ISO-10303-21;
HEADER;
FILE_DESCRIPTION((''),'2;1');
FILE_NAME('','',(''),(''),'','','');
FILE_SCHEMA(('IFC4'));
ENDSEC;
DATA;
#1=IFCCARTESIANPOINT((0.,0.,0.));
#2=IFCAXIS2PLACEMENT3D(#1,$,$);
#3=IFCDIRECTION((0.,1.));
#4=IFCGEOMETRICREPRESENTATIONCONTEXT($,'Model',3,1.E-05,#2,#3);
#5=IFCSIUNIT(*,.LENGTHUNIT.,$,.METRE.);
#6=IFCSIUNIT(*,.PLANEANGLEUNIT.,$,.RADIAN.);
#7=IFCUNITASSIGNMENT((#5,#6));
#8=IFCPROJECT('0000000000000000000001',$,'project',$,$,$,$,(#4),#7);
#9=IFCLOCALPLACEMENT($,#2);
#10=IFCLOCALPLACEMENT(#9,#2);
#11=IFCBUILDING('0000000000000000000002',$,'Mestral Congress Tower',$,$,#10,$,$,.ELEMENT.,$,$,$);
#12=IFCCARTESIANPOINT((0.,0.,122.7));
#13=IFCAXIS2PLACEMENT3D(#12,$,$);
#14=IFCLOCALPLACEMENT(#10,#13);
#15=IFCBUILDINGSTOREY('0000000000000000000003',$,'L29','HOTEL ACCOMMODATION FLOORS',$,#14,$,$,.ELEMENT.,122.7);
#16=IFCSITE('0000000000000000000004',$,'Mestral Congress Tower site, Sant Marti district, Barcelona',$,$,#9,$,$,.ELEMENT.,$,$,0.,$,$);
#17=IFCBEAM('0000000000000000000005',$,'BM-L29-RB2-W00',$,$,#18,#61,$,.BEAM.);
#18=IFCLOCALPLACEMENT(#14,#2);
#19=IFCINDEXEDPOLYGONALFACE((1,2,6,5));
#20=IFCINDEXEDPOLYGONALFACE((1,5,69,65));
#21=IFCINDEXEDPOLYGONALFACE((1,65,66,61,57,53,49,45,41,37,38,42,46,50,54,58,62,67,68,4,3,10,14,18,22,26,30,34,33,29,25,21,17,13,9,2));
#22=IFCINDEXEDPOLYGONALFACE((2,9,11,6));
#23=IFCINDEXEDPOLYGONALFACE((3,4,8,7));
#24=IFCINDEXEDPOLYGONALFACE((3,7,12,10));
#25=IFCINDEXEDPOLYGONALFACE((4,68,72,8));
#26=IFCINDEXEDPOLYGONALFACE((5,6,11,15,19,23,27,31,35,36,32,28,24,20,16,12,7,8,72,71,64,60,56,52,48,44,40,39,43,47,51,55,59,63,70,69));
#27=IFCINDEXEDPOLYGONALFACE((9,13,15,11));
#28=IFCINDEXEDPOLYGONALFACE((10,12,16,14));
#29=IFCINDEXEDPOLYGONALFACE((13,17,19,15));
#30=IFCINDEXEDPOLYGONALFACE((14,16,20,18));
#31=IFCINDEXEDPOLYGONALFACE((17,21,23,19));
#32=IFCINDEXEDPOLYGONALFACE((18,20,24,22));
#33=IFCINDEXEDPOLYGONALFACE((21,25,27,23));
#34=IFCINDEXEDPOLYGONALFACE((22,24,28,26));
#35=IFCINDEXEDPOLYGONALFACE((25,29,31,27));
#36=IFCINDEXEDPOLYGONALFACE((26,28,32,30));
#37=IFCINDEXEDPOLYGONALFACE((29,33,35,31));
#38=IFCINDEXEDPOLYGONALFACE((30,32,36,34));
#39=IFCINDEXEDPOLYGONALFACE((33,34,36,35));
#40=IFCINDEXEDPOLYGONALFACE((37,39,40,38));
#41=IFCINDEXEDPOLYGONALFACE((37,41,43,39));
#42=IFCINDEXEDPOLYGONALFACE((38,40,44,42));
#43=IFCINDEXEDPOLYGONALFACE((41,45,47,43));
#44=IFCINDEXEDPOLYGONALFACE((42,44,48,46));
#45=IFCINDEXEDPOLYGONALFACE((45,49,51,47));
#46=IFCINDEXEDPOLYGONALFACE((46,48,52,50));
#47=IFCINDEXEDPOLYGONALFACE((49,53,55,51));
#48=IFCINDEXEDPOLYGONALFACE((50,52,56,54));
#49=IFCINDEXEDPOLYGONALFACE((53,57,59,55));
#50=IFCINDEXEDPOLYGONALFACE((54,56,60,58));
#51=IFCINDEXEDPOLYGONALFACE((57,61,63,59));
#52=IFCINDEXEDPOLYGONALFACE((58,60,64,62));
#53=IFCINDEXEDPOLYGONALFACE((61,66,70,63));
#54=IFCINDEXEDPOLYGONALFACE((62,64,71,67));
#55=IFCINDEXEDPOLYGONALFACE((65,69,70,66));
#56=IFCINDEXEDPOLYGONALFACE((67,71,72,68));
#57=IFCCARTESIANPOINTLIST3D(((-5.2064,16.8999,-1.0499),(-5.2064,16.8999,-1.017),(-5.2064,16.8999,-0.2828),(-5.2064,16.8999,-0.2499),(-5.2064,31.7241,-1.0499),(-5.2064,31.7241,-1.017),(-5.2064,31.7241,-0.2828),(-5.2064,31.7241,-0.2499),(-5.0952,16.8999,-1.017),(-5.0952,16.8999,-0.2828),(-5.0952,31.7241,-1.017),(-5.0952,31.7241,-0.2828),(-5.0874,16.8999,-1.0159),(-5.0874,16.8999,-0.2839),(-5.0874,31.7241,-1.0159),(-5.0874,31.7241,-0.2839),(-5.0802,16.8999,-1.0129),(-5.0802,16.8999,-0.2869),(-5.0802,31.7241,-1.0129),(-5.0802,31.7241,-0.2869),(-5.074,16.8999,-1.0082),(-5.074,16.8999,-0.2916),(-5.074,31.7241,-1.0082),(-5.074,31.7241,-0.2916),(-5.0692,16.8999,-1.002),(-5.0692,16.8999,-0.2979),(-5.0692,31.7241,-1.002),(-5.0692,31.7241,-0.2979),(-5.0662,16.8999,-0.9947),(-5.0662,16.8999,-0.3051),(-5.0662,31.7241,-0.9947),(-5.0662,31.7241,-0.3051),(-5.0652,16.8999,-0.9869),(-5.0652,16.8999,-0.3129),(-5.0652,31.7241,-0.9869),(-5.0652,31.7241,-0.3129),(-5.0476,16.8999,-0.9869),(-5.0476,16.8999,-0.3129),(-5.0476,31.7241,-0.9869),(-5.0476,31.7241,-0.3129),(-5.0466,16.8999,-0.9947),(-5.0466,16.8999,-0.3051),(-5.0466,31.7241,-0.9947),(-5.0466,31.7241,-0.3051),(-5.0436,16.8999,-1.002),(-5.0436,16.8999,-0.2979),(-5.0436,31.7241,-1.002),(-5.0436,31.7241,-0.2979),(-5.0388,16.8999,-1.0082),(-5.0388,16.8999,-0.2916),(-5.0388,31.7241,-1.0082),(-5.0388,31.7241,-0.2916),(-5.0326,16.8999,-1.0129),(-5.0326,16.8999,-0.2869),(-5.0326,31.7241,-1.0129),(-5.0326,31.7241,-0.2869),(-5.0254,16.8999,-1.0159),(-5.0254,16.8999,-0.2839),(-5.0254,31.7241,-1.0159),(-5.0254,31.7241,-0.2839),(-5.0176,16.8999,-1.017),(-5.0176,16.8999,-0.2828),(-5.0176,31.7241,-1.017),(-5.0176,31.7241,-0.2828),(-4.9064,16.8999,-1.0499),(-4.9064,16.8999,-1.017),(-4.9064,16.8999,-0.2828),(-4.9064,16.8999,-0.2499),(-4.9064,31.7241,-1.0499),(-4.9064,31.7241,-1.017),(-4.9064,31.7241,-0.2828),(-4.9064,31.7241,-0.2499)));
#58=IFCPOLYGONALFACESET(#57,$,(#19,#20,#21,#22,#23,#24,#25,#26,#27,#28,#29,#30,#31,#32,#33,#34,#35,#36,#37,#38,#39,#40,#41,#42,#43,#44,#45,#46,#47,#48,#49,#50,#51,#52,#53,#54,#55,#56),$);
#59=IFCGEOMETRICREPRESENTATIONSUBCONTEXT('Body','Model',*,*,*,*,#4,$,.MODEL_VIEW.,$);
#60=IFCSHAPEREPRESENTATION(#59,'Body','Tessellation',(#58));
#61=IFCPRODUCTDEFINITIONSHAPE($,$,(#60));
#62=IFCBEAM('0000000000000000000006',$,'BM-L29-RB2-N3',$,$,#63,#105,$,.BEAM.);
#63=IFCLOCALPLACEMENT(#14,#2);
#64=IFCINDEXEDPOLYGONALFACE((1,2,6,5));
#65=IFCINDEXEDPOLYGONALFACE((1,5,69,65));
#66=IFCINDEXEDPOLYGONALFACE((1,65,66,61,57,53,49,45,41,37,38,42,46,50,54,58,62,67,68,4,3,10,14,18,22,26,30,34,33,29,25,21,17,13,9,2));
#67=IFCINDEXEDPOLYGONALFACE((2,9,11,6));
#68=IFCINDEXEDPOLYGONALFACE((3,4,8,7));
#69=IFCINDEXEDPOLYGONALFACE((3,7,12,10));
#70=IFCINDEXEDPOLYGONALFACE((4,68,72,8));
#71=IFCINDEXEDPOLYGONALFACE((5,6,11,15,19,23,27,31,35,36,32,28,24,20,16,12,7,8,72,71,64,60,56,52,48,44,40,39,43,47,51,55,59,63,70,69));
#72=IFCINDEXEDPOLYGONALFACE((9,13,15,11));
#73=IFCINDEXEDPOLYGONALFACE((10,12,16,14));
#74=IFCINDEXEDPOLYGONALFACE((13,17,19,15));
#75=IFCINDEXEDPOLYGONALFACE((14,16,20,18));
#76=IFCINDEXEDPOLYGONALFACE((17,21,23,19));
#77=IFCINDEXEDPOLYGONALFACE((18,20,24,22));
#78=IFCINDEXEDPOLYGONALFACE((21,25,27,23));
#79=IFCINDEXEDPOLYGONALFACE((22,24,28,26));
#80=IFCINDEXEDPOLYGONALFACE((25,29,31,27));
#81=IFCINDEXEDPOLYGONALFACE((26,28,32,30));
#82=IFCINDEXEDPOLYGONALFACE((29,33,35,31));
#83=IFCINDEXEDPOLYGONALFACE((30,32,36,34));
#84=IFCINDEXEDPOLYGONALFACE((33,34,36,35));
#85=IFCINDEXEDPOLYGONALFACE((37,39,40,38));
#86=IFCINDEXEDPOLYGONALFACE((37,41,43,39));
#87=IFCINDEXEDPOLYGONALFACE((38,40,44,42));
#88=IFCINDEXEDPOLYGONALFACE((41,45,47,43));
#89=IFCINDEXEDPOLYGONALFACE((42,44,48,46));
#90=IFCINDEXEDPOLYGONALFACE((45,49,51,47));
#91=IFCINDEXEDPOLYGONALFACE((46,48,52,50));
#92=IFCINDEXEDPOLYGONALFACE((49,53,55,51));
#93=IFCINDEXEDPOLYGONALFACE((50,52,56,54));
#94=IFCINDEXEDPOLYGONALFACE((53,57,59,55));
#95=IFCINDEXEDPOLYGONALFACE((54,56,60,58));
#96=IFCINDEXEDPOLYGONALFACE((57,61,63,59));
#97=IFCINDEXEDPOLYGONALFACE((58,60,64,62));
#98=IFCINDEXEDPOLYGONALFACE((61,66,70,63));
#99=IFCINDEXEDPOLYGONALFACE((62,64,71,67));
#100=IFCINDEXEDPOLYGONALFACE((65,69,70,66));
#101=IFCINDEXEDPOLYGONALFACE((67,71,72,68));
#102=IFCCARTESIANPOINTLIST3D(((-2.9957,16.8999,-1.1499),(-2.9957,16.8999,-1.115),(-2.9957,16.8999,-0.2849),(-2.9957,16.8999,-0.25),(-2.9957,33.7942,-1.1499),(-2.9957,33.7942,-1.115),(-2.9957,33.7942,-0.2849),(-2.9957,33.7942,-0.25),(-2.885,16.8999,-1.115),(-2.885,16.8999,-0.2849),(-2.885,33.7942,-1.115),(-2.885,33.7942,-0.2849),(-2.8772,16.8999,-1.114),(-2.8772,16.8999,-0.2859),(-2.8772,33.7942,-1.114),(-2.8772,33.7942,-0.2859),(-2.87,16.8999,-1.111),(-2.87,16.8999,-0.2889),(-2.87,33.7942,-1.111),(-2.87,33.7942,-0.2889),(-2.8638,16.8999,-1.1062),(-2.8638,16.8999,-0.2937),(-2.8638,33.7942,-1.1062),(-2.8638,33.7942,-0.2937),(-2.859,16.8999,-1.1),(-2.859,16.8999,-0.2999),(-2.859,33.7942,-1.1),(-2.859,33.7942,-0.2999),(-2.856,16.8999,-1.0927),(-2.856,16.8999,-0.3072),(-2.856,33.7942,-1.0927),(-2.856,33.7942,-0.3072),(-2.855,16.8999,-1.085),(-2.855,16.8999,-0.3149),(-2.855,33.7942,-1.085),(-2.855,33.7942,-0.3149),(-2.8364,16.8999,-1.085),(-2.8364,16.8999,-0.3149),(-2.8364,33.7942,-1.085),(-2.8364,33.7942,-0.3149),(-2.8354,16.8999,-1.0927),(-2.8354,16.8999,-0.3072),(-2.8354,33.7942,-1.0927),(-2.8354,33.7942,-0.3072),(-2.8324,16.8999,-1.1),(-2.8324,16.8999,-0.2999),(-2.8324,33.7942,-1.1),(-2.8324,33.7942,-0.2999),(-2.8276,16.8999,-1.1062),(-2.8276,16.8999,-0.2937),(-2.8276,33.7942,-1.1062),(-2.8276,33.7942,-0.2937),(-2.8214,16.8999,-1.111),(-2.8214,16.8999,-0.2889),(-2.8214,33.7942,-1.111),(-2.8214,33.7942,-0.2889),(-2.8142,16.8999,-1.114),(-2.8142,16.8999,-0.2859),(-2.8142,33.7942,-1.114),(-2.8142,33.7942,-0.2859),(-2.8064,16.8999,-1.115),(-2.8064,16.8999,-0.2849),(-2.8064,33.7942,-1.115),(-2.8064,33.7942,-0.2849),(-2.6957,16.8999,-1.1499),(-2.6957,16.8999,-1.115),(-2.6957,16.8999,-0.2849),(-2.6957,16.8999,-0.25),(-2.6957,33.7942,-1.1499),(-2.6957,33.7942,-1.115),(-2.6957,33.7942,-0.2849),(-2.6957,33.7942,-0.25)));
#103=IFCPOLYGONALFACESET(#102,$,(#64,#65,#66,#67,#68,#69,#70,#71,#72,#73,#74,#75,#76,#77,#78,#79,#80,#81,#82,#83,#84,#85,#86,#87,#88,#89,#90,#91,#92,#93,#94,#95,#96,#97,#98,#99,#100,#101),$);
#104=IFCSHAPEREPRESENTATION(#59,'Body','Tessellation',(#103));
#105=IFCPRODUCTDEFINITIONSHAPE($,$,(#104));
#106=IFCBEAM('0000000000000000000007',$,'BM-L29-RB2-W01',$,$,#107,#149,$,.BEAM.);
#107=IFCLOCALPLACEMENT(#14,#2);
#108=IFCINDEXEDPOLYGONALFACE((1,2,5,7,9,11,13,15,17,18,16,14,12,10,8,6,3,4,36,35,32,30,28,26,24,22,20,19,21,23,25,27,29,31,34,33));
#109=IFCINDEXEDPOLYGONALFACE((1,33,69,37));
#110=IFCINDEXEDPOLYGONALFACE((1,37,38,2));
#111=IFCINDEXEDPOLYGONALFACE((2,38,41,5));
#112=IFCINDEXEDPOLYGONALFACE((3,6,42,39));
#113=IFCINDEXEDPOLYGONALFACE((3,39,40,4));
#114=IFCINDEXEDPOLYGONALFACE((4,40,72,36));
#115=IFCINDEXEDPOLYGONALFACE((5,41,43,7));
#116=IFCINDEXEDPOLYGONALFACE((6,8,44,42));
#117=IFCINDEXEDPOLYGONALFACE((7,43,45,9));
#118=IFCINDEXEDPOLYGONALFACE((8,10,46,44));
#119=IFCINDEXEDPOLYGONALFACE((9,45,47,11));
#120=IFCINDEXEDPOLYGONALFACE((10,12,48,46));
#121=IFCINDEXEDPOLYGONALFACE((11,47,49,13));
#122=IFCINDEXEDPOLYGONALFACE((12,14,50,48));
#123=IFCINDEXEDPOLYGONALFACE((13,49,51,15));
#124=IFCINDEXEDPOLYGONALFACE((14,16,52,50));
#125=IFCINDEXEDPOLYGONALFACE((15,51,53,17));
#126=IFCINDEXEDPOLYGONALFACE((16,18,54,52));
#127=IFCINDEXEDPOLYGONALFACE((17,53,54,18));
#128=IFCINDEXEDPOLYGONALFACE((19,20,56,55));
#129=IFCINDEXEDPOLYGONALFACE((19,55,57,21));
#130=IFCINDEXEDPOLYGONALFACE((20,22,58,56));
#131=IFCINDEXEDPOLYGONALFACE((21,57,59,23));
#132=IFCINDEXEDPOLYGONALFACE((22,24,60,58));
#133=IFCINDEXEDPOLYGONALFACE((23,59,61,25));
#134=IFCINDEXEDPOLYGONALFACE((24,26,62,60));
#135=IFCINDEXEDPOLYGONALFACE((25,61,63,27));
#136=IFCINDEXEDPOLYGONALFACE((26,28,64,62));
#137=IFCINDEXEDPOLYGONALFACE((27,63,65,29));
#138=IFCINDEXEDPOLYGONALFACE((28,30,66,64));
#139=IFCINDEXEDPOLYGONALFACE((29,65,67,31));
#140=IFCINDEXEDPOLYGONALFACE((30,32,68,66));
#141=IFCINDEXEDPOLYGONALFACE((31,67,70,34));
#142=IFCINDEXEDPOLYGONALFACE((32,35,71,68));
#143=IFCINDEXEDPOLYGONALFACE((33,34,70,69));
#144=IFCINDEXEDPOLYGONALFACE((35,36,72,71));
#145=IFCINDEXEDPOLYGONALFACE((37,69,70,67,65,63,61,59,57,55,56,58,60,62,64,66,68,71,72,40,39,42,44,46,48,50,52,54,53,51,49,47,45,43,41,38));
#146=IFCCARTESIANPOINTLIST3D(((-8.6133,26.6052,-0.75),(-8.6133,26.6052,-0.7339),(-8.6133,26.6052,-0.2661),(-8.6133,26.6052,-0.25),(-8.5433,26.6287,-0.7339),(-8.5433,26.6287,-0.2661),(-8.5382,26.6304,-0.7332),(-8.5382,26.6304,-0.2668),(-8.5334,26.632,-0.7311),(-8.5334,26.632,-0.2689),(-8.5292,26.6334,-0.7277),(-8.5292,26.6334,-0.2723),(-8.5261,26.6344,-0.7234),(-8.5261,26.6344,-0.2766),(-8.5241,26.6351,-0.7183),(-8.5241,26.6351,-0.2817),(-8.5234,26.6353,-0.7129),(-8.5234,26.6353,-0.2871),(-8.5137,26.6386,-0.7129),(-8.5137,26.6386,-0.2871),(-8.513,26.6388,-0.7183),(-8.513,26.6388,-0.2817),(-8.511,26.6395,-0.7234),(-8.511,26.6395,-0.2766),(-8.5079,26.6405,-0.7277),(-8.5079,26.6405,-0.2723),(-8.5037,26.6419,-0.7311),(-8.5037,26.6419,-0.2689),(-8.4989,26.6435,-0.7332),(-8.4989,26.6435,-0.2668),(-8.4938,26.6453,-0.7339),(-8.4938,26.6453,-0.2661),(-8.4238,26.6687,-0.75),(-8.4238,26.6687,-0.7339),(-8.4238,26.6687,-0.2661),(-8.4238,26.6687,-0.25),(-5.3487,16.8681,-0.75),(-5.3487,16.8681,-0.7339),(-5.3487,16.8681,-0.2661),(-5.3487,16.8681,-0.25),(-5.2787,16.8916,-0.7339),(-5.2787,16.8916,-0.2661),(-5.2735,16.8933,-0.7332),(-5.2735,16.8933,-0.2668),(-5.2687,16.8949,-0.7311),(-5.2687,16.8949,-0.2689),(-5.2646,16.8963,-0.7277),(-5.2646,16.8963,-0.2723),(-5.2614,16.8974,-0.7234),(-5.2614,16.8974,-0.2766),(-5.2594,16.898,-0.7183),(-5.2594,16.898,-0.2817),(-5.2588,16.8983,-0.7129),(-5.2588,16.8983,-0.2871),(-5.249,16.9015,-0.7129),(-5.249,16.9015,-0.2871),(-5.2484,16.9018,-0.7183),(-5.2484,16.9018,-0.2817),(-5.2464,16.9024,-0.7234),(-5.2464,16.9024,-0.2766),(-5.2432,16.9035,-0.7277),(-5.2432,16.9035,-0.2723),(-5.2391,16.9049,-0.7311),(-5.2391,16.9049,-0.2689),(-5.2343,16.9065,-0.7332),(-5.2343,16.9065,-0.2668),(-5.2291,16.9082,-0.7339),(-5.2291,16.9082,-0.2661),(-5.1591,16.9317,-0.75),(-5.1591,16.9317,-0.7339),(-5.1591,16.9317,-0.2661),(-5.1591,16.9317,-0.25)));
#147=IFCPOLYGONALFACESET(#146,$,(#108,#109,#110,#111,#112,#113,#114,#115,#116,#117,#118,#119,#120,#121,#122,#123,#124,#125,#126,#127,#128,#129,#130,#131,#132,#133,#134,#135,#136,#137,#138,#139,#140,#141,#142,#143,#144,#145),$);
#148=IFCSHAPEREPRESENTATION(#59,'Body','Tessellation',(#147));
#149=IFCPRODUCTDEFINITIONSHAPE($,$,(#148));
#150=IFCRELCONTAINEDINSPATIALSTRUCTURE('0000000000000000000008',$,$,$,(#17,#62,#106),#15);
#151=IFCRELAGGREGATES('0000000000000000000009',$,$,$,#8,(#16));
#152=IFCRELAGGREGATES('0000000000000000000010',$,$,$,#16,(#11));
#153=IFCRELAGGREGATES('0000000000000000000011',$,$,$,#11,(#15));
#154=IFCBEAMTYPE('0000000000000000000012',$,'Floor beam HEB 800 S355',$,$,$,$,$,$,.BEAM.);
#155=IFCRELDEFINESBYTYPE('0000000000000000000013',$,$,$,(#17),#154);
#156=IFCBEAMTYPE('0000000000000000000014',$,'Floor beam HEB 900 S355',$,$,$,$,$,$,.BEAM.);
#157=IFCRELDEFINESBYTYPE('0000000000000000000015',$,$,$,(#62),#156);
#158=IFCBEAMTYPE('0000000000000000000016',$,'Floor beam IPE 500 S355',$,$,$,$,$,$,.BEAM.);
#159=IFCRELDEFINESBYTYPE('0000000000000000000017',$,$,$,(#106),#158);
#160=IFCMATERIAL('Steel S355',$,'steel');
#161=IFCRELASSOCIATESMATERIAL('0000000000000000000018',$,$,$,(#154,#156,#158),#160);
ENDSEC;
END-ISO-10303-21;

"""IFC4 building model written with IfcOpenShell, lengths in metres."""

from ifc_helpers import new_model, si_unit, direction, frame, origin, origin_2d, place, context, subcontext, project, spatial, i_section, extrude, material, material_profile, profile_set, type_object, element, save


model = new_model("IFC4")

# Units and contexts
model_context = context("Model", 3, precision=1e-05, world=origin(), true_north=direction((0.0, 1.0)))
body_context = subcontext(model_context, "Body", "Model", "MODEL_VIEW")
ifc_project = project(units=[si_unit("LENGTHUNIT", "METRE"), si_unit("PLANEANGLEUNIT", "RADIAN")], contexts=[model_context])

# Site, building, storey
site_placement = place(None, origin())
site = spatial("IfcSite", under=ifc_project, at=site_placement, Name="Mestral Congress Tower site, Sant Marti district, Barcelona", CompositionType="ELEMENT", RefElevation=0.0)
building_placement = place(site_placement, origin())
building = spatial("IfcBuilding", under=site, at=building_placement, Name="Mestral Congress Tower", CompositionType="ELEMENT")
storey_placement = place(building_placement, frame((0.0, 0.0, 122.7)))
storey = spatial("IfcBuildingStorey", under=building, at=storey_placement, Name="L29", Description="HOTEL ACCOMMODATION FLOORS", CompositionType="ELEMENT", Elevation=122.7)

# Beams
ifc_material_1 = material(Name="Steel S355", Category="steel")
ifc_material_profile_1 = material_profile(ifc_material_1, i_section(OverallWidth=0.3, OverallDepth=0.8, WebThickness=0.0176, FlangeThickness=0.033, FilletRadius=0.03, at=origin_2d()), Name="HEB 800")
ifc_profile_set_1 = profile_set([ifc_material_profile_1], Name="Steel S355")
beam_type_1 = type_object("IfcBeamType", Name="Floor beam HEB 800 S355", PredefinedType="BEAM", material=ifc_profile_set_1)
beam_1_placement = place(storey_placement, frame((-5.0564, 31.7241, -0.6499), z_axis=(0.0, -1.0, 0.0), x_axis=(1.0, 0.0, 0.0)))
element("IfcBeam", 1, at=beam_1_placement, inside=storey, type_object=beam_type_1, Name="BM-L29-RB2-W00", PredefinedType="BEAM", context=body_context, shape_type="SweptSolid", body=[
    extrude(i_section(OverallWidth=0.3, OverallDepth=0.8, WebThickness=0.0176, FlangeThickness=0.033, FilletRadius=0.03, at=origin_2d()), origin(), (0.0, 0.0, 1.0), 14.8242),
])
ifc_material_profile_2 = material_profile(ifc_material_1, i_section(OverallWidth=0.3, OverallDepth=0.8999, WebThickness=0.0186, FlangeThickness=0.0349, FilletRadius=0.03, at=origin_2d()), Name="HEB 900")
ifc_profile_set_2 = profile_set([ifc_material_profile_2], Name="Steel S355")
beam_type_2 = type_object("IfcBeamType", Name="Floor beam HEB 900 S355", PredefinedType="BEAM", material=ifc_profile_set_2)
beam_2_placement = place(storey_placement, frame((-2.8457, 33.7942, -0.7), z_axis=(0.0, -1.0, 0.0), x_axis=(1.0, 0.0, 0.0)))
element("IfcBeam", 2, at=beam_2_placement, inside=storey, type_object=beam_type_2, Name="BM-L29-RB2-N3", PredefinedType="BEAM", context=body_context, shape_type="SweptSolid", body=[
    extrude(i_section(OverallWidth=0.3, OverallDepth=0.8999, WebThickness=0.0186, FlangeThickness=0.0349, FilletRadius=0.03, at=origin_2d()), origin(), (0.0, 0.0, 1.0), 16.8943),
])
ifc_material_profile_3 = material_profile(ifc_material_1, i_section(OverallWidth=0.2, OverallDepth=0.5, WebThickness=0.0103, FlangeThickness=0.0161, FilletRadius=0.021, at=origin_2d()), Name="IPE 500")
ifc_profile_set_3 = profile_set([ifc_material_profile_3], Name="Steel S355")
beam_type_3 = type_object("IfcBeamType", Name="Floor beam IPE 500 S355", PredefinedType="BEAM", material=ifc_profile_set_3)
beam_3_placement = place(storey_placement, frame((-8.5186, 26.637, -0.5), z_axis=(0.317889, -0.948128, 0.0), x_axis=(0.948128, 0.317889, 0.0)))
element("IfcBeam", 3, at=beam_3_placement, inside=storey, type_object=beam_type_3, Name="BM-L29-RB2-W01", PredefinedType="BEAM", context=body_context, shape_type="SweptSolid", body=[
    extrude(i_section(OverallWidth=0.2, OverallDepth=0.5, WebThickness=0.0103, FlangeThickness=0.0161, FilletRadius=0.021, at=origin_2d()), origin(), (0.0, 0.0, 1.0), 10.2698),
])

save(model, "model.ifc")
